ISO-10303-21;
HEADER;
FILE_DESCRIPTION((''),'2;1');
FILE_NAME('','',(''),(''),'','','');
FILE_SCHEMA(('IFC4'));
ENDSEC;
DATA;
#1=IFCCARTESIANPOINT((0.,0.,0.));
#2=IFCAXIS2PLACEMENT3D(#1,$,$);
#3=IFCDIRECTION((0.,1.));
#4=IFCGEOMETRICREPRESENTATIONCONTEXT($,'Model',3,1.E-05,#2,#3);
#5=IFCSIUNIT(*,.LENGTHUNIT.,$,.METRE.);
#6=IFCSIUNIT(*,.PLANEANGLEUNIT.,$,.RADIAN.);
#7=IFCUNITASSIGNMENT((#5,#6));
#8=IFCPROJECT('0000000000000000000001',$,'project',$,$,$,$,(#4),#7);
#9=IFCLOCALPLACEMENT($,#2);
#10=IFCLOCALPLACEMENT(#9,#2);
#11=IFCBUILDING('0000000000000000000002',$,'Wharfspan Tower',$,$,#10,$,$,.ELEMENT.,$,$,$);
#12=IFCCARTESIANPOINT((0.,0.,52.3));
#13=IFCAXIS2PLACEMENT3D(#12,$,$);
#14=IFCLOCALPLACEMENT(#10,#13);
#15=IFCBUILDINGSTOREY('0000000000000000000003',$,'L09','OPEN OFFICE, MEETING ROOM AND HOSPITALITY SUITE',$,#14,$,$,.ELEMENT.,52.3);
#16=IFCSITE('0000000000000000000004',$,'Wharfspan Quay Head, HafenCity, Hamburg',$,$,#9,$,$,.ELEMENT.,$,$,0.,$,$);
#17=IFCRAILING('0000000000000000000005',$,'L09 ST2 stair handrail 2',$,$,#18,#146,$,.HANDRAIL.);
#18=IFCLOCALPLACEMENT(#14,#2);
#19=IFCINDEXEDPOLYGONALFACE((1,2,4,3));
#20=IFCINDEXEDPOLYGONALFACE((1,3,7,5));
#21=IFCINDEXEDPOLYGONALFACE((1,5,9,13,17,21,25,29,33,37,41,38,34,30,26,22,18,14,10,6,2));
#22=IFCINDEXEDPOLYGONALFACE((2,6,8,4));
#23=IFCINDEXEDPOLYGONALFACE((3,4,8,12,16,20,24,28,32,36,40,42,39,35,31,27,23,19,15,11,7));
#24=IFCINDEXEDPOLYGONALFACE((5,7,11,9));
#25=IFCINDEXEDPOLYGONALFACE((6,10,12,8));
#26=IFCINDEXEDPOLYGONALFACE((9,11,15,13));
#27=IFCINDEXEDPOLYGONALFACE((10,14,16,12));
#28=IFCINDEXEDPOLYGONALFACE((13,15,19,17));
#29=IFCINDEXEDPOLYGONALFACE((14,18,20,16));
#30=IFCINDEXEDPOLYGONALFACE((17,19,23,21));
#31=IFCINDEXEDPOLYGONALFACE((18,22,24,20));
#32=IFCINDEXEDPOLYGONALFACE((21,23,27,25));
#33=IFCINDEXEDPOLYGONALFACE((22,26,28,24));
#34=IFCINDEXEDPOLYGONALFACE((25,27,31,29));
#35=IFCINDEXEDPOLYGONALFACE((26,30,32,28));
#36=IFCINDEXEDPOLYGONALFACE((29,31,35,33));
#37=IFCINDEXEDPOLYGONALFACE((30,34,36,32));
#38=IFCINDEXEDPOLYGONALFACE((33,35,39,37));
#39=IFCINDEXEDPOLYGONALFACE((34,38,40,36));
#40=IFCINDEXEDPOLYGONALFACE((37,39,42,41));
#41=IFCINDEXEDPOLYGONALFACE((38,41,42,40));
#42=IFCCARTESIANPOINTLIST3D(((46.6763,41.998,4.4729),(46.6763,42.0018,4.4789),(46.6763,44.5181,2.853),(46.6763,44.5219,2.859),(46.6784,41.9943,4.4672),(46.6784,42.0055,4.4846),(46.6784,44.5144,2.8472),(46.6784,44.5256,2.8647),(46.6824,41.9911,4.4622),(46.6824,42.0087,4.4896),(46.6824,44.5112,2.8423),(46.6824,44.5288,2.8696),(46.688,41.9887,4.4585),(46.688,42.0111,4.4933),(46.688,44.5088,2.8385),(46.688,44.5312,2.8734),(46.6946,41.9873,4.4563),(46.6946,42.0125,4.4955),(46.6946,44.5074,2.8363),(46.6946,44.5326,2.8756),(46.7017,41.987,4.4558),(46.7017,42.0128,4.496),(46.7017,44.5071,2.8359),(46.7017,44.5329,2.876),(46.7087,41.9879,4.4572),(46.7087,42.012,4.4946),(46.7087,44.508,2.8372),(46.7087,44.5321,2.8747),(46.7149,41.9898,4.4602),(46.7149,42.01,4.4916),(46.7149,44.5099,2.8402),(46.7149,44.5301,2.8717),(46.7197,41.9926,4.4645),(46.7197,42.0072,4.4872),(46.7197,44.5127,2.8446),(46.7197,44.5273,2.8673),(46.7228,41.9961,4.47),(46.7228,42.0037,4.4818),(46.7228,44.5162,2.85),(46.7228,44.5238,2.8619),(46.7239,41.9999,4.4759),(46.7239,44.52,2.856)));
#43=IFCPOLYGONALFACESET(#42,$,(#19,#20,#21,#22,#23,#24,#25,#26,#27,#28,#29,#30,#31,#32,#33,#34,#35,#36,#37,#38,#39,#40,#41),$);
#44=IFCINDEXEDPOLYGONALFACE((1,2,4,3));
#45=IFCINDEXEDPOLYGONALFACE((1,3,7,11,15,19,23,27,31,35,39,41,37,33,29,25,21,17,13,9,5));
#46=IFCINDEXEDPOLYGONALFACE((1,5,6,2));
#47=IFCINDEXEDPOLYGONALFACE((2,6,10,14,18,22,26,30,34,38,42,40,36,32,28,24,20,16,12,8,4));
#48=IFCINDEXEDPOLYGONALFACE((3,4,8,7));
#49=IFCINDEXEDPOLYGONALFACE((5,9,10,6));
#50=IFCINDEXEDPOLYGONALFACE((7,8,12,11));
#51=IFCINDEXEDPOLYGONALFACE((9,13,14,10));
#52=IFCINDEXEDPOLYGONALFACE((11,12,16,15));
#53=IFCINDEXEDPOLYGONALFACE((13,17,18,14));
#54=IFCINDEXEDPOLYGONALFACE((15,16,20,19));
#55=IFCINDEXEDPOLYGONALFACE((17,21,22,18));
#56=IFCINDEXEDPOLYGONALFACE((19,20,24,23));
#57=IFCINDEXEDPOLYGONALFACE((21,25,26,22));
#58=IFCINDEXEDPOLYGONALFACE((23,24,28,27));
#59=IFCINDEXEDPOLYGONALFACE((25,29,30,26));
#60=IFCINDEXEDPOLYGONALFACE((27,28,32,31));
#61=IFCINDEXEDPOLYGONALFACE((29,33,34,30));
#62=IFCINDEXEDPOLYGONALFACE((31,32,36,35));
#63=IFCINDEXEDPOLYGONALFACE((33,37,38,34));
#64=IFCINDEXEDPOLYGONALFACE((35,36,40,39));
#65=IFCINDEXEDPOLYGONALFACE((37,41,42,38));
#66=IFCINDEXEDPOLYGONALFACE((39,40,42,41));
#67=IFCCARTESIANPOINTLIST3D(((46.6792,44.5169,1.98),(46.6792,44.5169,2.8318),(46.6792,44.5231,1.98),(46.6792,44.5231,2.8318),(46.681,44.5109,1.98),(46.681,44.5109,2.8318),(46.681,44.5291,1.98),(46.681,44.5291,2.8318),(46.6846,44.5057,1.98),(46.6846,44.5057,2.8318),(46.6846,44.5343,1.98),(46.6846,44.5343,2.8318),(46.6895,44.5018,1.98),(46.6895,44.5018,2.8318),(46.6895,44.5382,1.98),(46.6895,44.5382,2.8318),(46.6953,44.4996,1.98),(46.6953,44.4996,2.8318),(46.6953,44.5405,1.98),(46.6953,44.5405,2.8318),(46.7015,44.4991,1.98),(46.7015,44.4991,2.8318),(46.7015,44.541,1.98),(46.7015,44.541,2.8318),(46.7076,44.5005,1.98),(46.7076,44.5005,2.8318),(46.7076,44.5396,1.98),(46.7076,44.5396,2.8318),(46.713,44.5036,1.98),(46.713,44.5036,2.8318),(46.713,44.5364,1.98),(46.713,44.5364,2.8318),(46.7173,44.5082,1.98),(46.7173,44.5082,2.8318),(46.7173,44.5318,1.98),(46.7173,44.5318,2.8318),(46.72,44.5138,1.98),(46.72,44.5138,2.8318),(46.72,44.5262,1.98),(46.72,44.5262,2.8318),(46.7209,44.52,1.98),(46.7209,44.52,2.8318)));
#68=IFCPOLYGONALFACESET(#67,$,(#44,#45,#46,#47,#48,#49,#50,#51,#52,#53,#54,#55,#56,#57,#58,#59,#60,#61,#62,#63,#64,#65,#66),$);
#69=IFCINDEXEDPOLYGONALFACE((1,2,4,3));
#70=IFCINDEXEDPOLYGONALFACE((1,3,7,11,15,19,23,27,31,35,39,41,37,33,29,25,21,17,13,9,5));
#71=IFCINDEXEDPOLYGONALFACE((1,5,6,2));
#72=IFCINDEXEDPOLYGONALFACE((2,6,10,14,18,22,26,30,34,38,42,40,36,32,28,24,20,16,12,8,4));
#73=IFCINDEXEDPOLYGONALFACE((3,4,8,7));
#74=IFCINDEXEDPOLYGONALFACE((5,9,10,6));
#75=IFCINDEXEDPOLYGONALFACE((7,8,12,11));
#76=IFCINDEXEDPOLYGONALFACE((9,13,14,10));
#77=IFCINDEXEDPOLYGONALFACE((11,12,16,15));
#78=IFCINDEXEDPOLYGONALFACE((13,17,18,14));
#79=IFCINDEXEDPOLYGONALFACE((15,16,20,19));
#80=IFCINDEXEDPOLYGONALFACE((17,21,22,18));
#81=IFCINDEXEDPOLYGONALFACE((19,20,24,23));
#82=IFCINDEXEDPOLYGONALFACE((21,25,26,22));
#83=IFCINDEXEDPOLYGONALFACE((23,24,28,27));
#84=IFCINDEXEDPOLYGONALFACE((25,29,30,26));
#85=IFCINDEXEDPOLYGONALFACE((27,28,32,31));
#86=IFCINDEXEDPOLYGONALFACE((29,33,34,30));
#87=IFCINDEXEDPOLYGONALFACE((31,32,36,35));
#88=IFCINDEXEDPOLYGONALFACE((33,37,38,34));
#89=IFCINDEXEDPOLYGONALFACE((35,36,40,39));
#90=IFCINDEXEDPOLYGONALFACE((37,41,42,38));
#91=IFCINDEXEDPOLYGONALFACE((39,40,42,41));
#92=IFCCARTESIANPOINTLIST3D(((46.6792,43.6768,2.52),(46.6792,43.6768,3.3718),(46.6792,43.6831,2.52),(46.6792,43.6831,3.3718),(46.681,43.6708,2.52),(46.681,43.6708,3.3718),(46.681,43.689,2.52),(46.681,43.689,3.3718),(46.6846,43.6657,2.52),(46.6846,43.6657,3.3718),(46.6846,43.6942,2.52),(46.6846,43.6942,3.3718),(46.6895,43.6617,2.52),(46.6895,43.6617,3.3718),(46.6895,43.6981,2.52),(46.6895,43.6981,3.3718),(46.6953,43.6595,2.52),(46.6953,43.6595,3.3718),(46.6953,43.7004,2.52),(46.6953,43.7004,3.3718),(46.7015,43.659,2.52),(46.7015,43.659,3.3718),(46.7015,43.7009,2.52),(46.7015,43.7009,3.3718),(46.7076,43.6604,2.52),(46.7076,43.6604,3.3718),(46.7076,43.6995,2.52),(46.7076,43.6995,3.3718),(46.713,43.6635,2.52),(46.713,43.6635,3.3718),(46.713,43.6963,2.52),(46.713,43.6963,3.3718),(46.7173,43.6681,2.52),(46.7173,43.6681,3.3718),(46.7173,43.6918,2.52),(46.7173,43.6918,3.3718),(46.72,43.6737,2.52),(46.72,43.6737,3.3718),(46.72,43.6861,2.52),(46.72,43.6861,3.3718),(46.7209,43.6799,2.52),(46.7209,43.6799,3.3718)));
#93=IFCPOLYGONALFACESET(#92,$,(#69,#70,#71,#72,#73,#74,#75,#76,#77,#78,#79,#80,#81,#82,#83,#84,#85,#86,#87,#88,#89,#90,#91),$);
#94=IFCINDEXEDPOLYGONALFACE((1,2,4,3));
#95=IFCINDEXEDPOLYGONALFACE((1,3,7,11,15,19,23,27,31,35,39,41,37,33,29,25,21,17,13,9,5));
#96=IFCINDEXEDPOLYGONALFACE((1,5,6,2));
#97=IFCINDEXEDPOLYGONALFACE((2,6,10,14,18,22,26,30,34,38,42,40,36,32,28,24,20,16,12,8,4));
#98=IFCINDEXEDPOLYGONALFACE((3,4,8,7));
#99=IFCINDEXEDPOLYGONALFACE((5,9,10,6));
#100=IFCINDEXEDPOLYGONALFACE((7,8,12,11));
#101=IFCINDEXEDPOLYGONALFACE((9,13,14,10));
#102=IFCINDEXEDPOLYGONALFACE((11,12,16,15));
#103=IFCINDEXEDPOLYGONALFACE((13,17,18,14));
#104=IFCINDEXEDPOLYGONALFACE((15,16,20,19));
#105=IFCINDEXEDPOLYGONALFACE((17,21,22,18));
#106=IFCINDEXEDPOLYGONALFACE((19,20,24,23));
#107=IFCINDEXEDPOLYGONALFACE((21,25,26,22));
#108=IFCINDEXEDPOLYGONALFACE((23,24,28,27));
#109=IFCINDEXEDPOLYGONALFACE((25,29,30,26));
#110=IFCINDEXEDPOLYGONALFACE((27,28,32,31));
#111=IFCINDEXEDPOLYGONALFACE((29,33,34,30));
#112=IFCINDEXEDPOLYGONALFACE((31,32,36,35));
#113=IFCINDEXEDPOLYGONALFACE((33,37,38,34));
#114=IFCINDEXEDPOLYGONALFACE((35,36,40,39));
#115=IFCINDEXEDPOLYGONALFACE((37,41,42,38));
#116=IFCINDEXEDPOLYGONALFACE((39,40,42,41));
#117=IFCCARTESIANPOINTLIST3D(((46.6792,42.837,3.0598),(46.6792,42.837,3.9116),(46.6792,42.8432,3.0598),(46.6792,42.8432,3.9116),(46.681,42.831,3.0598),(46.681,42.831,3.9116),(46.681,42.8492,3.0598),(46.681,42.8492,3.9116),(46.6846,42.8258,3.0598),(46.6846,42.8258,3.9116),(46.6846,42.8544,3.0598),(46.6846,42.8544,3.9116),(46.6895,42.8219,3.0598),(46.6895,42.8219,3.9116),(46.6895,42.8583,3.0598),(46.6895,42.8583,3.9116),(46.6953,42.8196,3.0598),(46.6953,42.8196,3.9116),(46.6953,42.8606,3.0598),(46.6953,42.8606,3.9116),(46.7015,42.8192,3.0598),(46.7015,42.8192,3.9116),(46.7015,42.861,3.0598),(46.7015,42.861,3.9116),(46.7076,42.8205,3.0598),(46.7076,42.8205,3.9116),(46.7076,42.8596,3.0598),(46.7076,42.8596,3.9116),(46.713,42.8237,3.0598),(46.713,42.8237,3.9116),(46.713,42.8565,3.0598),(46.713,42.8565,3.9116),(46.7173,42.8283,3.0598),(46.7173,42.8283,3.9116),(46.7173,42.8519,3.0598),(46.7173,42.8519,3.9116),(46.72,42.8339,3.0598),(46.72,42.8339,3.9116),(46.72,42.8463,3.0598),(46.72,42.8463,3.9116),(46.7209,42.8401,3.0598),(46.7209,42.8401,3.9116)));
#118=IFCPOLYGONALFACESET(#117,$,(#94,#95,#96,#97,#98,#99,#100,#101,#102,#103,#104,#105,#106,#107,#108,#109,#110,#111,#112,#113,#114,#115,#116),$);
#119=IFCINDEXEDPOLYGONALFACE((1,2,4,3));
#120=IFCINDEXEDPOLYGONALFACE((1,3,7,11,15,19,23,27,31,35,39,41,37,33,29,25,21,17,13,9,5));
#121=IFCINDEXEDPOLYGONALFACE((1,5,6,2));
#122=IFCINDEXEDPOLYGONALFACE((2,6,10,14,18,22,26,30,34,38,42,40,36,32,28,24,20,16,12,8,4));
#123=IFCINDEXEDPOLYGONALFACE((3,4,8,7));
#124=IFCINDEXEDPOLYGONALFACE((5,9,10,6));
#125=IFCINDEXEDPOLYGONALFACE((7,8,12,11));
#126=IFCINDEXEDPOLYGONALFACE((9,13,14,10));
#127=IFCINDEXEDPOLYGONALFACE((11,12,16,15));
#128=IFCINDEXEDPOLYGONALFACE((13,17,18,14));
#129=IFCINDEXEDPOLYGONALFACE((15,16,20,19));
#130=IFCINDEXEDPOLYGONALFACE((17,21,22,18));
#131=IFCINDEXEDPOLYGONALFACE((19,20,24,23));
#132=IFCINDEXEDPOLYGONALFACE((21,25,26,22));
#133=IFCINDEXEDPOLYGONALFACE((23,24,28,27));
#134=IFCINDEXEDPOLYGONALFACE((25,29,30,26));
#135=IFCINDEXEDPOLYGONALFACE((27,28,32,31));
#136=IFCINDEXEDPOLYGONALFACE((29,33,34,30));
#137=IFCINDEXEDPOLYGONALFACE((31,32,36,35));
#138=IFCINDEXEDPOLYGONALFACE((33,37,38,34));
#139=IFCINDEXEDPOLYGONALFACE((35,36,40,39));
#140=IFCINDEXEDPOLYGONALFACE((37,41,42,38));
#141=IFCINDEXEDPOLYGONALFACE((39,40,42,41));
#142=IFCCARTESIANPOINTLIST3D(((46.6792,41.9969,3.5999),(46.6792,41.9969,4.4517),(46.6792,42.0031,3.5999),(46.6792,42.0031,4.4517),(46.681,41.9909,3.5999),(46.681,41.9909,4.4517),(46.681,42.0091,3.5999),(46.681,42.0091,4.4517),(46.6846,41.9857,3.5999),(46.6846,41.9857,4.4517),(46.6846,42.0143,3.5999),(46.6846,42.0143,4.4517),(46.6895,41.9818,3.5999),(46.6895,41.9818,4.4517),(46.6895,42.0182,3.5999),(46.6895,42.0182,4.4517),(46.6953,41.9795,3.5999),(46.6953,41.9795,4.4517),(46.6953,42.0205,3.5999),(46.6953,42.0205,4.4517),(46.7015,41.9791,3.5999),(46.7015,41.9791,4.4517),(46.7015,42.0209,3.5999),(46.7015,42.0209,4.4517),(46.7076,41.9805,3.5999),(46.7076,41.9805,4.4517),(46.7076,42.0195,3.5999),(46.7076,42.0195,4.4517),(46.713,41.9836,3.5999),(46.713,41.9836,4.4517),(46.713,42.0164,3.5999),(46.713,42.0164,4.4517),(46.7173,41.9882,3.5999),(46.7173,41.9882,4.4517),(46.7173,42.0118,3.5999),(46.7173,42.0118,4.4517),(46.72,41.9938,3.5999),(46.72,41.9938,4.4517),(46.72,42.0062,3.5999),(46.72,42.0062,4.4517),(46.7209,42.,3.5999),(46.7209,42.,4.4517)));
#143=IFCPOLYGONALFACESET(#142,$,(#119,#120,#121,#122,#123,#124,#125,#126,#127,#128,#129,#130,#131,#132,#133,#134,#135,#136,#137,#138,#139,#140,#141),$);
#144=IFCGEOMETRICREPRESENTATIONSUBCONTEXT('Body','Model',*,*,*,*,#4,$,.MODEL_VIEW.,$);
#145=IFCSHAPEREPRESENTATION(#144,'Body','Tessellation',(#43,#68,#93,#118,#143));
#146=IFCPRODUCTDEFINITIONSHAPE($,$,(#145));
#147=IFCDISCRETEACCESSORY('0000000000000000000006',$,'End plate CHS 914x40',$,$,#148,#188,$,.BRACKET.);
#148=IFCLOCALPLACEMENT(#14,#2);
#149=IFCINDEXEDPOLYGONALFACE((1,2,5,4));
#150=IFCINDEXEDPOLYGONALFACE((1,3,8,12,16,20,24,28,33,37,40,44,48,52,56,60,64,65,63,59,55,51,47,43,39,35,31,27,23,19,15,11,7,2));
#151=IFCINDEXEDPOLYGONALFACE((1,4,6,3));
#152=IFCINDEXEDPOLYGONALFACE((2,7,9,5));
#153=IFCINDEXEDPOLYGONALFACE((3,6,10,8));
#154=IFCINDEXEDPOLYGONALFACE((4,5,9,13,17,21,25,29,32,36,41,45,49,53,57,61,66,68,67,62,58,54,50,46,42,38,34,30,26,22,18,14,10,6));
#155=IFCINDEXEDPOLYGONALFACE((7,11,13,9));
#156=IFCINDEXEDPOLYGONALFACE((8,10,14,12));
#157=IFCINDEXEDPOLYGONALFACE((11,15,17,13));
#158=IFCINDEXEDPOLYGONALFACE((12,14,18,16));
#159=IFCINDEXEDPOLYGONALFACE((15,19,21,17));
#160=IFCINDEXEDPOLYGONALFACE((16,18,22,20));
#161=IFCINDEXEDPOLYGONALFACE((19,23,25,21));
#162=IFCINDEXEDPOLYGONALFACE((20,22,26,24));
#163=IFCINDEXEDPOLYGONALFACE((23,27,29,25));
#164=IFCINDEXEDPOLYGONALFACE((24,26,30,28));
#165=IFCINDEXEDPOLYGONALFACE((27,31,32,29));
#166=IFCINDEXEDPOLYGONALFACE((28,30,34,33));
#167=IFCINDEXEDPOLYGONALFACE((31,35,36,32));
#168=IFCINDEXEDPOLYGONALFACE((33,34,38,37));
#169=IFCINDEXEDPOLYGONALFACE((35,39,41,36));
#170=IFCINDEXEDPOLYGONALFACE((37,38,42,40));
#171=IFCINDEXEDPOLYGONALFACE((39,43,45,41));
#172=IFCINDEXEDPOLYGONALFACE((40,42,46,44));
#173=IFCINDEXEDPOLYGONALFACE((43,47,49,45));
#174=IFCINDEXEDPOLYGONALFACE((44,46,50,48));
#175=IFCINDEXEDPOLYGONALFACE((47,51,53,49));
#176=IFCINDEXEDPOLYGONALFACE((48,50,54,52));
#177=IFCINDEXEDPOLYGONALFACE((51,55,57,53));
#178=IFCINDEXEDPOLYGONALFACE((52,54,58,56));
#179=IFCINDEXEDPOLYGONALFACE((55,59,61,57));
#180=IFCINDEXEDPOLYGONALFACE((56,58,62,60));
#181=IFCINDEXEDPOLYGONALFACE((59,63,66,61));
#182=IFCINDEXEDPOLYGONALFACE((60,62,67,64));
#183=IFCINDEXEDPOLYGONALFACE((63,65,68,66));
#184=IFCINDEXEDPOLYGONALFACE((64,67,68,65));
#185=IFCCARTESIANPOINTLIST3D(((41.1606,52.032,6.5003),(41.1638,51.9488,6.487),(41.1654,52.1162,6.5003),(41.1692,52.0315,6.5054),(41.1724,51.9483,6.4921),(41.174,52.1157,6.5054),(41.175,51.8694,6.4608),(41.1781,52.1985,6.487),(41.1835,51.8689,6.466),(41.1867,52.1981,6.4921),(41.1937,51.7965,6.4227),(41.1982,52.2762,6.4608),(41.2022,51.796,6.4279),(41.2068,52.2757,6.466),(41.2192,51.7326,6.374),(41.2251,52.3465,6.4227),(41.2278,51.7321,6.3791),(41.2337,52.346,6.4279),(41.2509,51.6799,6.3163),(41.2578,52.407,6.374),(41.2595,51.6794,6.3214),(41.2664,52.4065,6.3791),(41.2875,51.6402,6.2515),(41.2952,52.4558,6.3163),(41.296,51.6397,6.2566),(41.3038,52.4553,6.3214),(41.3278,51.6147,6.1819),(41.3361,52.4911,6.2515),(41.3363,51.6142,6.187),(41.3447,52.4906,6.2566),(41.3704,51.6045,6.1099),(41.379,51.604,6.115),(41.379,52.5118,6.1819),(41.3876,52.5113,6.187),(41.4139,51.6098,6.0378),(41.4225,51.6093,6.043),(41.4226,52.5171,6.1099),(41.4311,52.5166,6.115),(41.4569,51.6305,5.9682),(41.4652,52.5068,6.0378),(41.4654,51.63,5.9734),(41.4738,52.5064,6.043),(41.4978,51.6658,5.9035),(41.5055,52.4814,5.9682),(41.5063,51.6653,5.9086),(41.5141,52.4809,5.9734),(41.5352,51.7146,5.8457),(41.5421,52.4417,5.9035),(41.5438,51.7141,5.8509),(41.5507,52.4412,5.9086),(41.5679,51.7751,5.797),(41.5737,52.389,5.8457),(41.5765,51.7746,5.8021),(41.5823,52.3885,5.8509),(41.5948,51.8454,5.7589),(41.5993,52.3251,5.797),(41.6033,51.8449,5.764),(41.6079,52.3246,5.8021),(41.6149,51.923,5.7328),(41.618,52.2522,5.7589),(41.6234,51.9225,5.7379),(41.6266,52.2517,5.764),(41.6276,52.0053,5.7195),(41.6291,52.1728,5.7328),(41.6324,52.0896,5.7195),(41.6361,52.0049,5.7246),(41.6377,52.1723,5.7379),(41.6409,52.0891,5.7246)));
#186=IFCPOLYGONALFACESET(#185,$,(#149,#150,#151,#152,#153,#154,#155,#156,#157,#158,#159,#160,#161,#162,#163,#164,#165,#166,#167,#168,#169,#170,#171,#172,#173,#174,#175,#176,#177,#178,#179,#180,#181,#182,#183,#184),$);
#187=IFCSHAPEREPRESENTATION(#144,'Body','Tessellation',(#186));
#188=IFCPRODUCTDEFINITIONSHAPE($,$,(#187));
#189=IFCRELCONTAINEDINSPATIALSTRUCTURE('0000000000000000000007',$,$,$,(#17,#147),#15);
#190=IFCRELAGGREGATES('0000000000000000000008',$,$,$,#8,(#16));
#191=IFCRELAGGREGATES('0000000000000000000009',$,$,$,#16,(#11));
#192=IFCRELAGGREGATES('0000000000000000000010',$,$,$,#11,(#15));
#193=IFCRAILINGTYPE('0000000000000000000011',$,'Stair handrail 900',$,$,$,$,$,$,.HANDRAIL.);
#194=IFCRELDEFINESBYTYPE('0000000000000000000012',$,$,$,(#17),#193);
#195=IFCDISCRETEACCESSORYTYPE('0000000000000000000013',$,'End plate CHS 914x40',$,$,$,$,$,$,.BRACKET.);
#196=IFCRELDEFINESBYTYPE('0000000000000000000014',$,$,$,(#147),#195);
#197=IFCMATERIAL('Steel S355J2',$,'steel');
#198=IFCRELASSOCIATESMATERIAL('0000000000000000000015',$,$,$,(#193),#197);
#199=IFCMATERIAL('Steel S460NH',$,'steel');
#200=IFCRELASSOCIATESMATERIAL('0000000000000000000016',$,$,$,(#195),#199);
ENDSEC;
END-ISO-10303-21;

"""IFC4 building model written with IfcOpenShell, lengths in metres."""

from ifc_helpers import new_model, si_unit, direction, frame, origin, origin_2d, place, context, subcontext, project, spatial, circle, extrude, material, material_profile, profile_set, type_object, element, save


model = new_model("IFC4")

# Units and contexts
model_context = context("Model", 3, precision=1e-05, world=origin(), true_north=direction((0.0, 1.0)))
body_context = subcontext(model_context, "Body", "Model", "MODEL_VIEW")
ifc_project = project(units=[si_unit("LENGTHUNIT", "METRE"), si_unit("PLANEANGLEUNIT", "RADIAN")], contexts=[model_context])

# Site, building, storey
site_placement = place(None, origin())
site = spatial("IfcSite", under=ifc_project, at=site_placement, Name="Wharfspan Quay Head, HafenCity, Hamburg", CompositionType="ELEMENT", RefElevation=0.0)
building_placement = place(site_placement, origin())
building = spatial("IfcBuilding", under=site, at=building_placement, Name="Wharfspan Tower", CompositionType="ELEMENT")
storey_placement = place(building_placement, frame((0.0, 0.0, 52.3)))
storey = spatial("IfcBuildingStorey", under=building, at=storey_placement, Name="L09", Description="OPEN OFFICE, MEETING ROOM AND HOSPITALITY SUITE", CompositionType="ELEMENT", Elevation=52.3)

# Shared definitions
ifc_material_1 = material(Name="Steel S355J2", Category="steel")

# Shared definitions
ifc_material_2 = material(Name="Steel S460NH", Category="steel")

# Railing
railing_type_1 = type_object("IfcRailingType", Name="Stair handrail 900", PredefinedType="HANDRAIL", material=ifc_material_1)
railing_1_placement = place(storey_placement, frame((46.7, 44.52, 1.98)))
element("IfcRailing", 1, at=railing_1_placement, inside=storey, type_object=railing_type_1, Name="L09 ST2 stair handrail 2", PredefinedType="HANDRAIL", context=body_context, shape_type="SweptSolid", body=[
    extrude(circle(Radius=0.0239, at=origin_2d()), frame((0.0, 0.0, 0.876), z_axis=(0.0, -0.8412, 0.540725), x_axis=(1.0, 0.0, 0.0)), (0.0, 0.0, 1.0), 2.9958),
    extrude(circle(Radius=0.021, at=origin_2d()), origin(), (0.0, 0.0, 1.0), 0.8518),
    extrude(circle(Radius=0.021, at=origin_2d()), frame((0.0, -0.8401, 0.54)), (0.0, 0.0, 1.0), 0.8518),
    extrude(circle(Radius=0.021, at=origin_2d()), frame((0.0, -1.6799, 1.0798)), (0.0, 0.0, 1.0), 0.8518),
    extrude(circle(Radius=0.021, at=origin_2d()), frame((0.0, -2.52, 1.6199)), (0.0, 0.0, 1.0), 0.8518),
])

# Discrete accessory
ifc_material_profile_1 = material_profile(ifc_material_2, circle(Radius=0.457, at=origin_2d()))
ifc_profile_set_1 = profile_set([ifc_material_profile_1], Name="Steel S460NH")
discrete_accessory_type = type_object("IfcDiscreteAccessoryType", Name="End plate CHS 914x40", PredefinedType="BRACKET", material=ifc_profile_set_1)
for number, where, z_axis, x_axis, name in (
    (2, (41.3965, 52.0608, 6.1099), (0.856465, -0.048941, 0.513879), (0.05705, 0.998372, 0.0), "End plate CHS 914x40"),
):
    element("IfcDiscreteAccessory", number, at=place(storey_placement, frame(where, z_axis=z_axis, x_axis=x_axis)), inside=storey, type_object=discrete_accessory_type, Name=name, PredefinedType="BRACKET", context=body_context, shape_type="SweptSolid", body=[
        extrude(circle(Radius=0.457, at=origin_2d()), origin(), (0.0, 0.0, 1.0), 0.01),
    ])

save(model, "model.ifc")
